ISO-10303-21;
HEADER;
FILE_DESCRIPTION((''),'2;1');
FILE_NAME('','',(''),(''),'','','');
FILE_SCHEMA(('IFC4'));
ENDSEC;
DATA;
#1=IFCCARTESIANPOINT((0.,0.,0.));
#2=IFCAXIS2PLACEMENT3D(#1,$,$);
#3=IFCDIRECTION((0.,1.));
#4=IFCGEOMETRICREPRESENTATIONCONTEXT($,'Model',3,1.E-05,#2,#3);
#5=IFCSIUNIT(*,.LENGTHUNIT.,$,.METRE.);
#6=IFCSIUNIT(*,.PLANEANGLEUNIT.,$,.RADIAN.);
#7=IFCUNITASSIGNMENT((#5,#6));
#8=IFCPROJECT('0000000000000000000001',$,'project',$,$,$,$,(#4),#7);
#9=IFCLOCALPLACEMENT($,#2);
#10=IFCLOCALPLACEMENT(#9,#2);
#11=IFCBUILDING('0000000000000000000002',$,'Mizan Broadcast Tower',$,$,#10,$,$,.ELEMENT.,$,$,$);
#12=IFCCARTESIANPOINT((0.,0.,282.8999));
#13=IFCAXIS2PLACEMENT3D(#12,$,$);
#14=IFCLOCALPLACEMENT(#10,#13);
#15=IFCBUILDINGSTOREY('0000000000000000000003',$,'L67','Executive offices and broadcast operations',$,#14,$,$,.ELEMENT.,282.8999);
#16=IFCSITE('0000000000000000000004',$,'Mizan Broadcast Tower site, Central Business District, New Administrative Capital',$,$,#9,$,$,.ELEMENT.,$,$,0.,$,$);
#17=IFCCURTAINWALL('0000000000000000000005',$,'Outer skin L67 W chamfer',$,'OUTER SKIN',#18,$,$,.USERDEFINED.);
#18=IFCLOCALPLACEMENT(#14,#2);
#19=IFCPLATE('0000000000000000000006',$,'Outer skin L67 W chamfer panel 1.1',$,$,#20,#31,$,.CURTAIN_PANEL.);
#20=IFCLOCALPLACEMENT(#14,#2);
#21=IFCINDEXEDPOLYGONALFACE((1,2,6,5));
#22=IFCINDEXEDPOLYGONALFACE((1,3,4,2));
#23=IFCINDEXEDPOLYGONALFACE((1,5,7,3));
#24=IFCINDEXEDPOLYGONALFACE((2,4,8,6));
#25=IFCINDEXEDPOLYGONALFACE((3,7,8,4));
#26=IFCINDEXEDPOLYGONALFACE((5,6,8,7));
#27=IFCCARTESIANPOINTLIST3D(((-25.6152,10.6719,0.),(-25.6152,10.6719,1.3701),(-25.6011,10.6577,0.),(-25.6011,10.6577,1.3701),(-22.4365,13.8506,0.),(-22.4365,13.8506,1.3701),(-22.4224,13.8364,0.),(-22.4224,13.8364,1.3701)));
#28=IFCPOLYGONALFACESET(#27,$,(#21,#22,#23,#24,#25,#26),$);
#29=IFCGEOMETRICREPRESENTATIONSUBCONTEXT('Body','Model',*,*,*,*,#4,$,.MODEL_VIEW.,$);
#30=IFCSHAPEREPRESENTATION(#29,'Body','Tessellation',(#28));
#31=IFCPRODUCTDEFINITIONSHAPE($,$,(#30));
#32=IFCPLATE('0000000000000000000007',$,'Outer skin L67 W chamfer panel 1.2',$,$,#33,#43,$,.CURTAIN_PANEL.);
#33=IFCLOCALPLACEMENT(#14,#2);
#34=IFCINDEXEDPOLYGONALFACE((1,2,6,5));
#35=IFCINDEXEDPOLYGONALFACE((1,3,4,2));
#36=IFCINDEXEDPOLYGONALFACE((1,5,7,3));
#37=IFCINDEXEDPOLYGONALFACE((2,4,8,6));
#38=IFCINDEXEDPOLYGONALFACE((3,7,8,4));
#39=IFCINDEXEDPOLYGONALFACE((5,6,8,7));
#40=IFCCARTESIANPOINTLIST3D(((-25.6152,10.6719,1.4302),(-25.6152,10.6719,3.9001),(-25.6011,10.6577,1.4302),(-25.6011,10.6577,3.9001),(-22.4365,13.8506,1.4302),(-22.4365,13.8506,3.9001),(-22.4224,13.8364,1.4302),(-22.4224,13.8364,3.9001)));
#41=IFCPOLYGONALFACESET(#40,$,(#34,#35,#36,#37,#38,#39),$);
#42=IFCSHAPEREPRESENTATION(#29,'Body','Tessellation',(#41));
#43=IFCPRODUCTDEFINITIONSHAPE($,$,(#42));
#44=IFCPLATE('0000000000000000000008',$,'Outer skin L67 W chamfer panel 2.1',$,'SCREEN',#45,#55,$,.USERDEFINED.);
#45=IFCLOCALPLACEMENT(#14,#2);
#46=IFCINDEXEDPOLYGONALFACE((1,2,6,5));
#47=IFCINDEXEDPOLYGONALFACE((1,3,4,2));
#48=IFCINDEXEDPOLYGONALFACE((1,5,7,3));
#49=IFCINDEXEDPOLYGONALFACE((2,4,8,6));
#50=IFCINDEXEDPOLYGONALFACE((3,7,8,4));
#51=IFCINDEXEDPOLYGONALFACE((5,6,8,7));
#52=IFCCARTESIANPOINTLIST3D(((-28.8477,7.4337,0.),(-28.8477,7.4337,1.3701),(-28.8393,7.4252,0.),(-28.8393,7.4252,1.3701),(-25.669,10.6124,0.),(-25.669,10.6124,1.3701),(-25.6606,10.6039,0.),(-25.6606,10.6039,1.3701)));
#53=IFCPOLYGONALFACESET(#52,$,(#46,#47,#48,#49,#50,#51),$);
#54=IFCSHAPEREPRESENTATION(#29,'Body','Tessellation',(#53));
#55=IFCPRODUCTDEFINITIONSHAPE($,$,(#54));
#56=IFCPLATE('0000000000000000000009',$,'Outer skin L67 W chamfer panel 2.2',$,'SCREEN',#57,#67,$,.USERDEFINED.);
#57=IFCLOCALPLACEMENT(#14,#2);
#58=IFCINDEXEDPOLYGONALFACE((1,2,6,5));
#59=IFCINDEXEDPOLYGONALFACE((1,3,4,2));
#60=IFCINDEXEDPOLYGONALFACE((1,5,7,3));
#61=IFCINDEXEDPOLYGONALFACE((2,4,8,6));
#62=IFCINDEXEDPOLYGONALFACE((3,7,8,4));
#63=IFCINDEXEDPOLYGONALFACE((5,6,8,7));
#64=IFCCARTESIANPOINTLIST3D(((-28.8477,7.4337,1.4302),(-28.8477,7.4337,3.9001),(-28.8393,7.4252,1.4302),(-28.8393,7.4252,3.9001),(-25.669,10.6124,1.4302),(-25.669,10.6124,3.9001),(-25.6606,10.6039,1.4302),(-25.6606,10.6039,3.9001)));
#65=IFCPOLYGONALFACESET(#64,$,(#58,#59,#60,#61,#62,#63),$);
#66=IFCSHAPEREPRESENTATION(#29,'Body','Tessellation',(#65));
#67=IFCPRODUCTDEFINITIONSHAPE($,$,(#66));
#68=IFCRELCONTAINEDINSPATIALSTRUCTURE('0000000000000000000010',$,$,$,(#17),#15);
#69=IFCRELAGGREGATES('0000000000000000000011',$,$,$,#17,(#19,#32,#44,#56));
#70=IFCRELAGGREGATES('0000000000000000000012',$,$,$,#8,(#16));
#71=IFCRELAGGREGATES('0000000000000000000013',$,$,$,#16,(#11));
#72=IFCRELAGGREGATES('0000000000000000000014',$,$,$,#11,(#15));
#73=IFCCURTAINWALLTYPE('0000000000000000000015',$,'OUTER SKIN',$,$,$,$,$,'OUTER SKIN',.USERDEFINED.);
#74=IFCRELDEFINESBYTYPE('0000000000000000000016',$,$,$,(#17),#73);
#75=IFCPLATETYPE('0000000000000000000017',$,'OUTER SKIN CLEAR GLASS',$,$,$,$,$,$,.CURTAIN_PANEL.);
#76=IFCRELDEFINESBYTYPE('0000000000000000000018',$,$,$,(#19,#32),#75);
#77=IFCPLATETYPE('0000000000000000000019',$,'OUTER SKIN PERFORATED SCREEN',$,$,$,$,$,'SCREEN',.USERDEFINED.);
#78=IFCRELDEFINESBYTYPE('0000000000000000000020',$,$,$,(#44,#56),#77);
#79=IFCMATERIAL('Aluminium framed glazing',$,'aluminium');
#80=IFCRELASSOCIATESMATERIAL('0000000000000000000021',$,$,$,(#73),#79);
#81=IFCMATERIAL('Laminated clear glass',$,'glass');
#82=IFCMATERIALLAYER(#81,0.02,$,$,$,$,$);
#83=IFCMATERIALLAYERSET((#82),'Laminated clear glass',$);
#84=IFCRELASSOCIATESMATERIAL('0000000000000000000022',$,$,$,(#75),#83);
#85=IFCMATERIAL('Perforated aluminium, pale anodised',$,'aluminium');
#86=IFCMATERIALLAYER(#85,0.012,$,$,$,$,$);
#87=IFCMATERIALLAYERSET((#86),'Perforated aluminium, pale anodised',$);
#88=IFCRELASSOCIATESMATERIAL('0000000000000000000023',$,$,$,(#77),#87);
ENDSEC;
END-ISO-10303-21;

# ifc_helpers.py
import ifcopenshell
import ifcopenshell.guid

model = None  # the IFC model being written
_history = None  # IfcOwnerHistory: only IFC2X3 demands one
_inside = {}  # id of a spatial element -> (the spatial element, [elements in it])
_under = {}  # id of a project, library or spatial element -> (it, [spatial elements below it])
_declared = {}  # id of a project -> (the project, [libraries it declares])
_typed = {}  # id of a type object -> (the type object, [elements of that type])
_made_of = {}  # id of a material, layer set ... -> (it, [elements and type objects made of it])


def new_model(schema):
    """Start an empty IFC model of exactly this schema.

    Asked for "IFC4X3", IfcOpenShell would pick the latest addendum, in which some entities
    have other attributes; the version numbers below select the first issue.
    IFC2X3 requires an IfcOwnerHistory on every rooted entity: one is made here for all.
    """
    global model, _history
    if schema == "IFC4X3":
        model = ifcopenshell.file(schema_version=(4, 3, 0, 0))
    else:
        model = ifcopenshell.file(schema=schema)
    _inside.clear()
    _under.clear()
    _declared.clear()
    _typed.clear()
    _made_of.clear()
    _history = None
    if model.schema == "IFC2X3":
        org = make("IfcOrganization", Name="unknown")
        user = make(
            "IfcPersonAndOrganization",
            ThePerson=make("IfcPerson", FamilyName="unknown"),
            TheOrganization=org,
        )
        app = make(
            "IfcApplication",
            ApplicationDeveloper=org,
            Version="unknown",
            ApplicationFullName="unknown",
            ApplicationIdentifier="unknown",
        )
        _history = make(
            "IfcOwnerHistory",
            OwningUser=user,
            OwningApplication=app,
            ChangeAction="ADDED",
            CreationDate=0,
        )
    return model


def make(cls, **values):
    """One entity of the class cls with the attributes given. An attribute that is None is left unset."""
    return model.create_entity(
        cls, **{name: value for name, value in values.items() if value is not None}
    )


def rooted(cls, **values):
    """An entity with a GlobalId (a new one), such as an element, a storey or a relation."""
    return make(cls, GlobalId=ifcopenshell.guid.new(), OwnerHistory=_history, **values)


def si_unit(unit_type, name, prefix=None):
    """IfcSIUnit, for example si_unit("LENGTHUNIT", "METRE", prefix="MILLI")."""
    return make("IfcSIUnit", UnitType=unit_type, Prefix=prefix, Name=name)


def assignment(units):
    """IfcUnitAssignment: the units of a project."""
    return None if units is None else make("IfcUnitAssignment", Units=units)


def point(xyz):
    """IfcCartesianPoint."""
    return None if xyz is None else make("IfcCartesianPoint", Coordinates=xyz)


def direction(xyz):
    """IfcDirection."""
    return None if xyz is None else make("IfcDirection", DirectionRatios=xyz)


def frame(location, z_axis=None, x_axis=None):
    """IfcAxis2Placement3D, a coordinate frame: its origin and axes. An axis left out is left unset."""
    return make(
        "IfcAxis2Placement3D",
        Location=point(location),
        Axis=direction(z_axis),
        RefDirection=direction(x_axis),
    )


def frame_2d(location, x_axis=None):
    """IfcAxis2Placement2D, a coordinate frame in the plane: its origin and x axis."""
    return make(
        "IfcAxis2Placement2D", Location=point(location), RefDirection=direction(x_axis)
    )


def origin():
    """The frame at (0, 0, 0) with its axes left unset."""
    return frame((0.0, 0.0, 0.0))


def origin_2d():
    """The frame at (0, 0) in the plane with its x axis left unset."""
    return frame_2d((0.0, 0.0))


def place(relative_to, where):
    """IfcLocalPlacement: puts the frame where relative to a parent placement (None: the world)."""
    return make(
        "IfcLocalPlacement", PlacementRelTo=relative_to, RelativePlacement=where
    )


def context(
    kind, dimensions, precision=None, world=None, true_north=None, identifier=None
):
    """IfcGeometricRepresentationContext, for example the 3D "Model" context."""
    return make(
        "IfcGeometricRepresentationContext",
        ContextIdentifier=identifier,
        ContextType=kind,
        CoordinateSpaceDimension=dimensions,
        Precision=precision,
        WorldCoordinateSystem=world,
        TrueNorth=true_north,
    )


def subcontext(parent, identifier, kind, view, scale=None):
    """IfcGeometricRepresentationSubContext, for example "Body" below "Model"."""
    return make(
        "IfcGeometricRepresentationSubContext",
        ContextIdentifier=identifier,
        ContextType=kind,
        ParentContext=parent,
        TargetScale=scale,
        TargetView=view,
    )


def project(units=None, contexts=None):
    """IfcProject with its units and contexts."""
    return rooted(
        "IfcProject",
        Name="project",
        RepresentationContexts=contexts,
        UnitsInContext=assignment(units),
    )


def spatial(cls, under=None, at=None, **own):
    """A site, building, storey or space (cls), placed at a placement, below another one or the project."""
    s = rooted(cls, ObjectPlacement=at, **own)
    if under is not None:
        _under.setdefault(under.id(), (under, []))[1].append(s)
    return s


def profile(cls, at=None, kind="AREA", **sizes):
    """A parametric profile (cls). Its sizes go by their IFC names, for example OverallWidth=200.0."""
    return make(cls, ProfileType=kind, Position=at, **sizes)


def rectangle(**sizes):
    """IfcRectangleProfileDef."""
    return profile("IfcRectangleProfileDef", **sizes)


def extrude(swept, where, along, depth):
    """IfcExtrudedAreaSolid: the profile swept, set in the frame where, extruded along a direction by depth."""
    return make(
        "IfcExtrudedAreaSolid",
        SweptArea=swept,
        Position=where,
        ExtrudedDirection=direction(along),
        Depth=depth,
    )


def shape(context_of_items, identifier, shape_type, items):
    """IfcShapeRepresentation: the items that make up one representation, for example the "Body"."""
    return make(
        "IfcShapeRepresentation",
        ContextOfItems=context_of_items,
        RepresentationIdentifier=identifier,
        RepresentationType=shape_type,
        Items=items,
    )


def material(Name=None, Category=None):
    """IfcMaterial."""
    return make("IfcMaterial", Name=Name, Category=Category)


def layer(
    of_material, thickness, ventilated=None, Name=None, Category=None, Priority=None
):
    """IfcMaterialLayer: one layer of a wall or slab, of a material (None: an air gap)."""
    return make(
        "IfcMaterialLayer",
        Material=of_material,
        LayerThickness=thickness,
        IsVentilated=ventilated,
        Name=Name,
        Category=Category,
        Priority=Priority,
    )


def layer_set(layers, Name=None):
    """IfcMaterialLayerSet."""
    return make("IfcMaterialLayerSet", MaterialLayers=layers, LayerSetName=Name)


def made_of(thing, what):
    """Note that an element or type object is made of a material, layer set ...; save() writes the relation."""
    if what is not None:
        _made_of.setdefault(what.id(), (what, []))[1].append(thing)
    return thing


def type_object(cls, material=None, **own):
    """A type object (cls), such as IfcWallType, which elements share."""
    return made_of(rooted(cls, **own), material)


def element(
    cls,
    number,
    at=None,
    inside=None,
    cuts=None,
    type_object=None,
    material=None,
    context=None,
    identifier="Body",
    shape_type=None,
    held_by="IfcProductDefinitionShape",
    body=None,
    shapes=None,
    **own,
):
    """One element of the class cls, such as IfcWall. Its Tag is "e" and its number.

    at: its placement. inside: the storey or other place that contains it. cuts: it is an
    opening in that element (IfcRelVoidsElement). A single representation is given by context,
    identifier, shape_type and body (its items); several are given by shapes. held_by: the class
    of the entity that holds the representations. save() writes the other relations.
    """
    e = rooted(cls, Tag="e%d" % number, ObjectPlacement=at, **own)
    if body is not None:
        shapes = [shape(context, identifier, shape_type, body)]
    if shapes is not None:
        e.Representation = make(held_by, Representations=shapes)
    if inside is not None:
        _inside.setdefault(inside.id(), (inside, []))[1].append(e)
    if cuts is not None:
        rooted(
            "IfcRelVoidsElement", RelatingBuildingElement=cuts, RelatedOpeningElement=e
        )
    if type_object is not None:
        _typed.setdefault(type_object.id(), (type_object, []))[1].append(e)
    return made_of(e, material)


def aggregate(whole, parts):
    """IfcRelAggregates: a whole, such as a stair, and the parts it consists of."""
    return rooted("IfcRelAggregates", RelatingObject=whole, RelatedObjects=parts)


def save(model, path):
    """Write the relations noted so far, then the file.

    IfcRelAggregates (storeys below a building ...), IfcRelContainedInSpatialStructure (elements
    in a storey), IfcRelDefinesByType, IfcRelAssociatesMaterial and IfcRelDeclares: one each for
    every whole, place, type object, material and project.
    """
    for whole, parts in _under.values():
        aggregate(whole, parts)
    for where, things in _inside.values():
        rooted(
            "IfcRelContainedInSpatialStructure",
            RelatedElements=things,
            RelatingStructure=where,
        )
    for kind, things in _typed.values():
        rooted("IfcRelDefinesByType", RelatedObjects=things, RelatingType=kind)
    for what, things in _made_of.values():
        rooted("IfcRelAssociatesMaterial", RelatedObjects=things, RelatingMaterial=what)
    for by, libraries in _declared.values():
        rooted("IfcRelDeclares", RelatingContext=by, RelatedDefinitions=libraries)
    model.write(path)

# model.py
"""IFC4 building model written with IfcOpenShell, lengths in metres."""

from ifc_helpers import new_model, si_unit, direction, frame, origin, origin_2d, place, context, subcontext, project, spatial, rectangle, extrude, material, layer, layer_set, type_object, element, aggregate, save


model = new_model("IFC4")

# Units and contexts
model_context = context("Model", 3, precision=1e-05, world=origin(), true_north=direction((0.0, 1.0)))
body_context = subcontext(model_context, "Body", "Model", "MODEL_VIEW")
ifc_project = project(units=[si_unit("LENGTHUNIT", "METRE"), si_unit("PLANEANGLEUNIT", "RADIAN")], contexts=[model_context])

# Site, building, storey
site_placement = place(None, origin())
site = spatial("IfcSite", under=ifc_project, at=site_placement, Name="Mizan Broadcast Tower site, Central Business District, New Administrative Capital", CompositionType="ELEMENT", RefElevation=0.0)
building_placement = place(site_placement, origin())
building = spatial("IfcBuilding", under=site, at=building_placement, Name="Mizan Broadcast Tower", CompositionType="ELEMENT")
storey_placement = place(building_placement, frame((0.0, 0.0, 282.8999)))
storey = spatial("IfcBuildingStorey", under=building, at=storey_placement, Name="L67", Description="Executive offices and broadcast operations", CompositionType="ELEMENT", Elevation=282.8999)

# Shared definitions
ifc_material_1 = material(Name="Aluminium framed glazing", Category="aluminium")
curtain_wall_type_1 = type_object("IfcCurtainWallType", Name="OUTER SKIN", ElementType="OUTER SKIN", PredefinedType="USERDEFINED", material=ifc_material_1)

# Curtain wall
curtain_wall_1_placement = place(storey_placement, origin())
curtain_wall_1 = element("IfcCurtainWall", 1, at=curtain_wall_1_placement, inside=storey, type_object=curtain_wall_type_1, Name="Outer skin L67 W chamfer", ObjectType="OUTER SKIN", PredefinedType="USERDEFINED")

# Plates
ifc_material_2 = material(Name="Laminated clear glass", Category="glass")
ifc_layer_1 = layer(ifc_material_2, 0.02)
ifc_layer_set_1 = layer_set([ifc_layer_1], Name="Laminated clear glass")
plate_type_1 = type_object("IfcPlateType", Name="OUTER SKIN CLEAR GLASS", PredefinedType="CURTAIN_PANEL", material=ifc_layer_set_1)
plate_1_placement = place(storey_placement, frame((-24.0188, 12.2542, 0.0), z_axis=(0.0, 0.0, 1.0), x_axis=(-0.707107, -0.707107, 0.0)))
plate_1 = element("IfcPlate", 2, at=plate_1_placement, type_object=plate_type_1, Name="Outer skin L67 W chamfer panel 1.1", PredefinedType="CURTAIN_PANEL", context=body_context, shape_type="SweptSolid", body=[
    extrude(rectangle(XDim=4.4954, YDim=0.02, at=origin_2d()), origin(), (0.0, 0.0, 1.0), 1.3701),
])
plate_2_placement = place(storey_placement, frame((-24.0188, 12.2542, 1.4302), z_axis=(0.0, 0.0, 1.0), x_axis=(-0.707107, -0.707107, 0.0)))
plate_2 = element("IfcPlate", 3, at=plate_2_placement, type_object=plate_type_1, Name="Outer skin L67 W chamfer panel 1.2", PredefinedType="CURTAIN_PANEL", context=body_context, shape_type="SweptSolid", body=[
    extrude(rectangle(XDim=4.4954, YDim=0.02, at=origin_2d()), origin(), (0.0, 0.0, 1.0), 2.47),
])
ifc_material_3 = material(Name="Perforated aluminium, pale anodised", Category="aluminium")
ifc_layer_2 = layer(ifc_material_3, 0.012)
ifc_layer_set_2 = layer_set([ifc_layer_2], Name="Perforated aluminium, pale anodised")
plate_type_2 = type_object("IfcPlateType", Name="OUTER SKIN PERFORATED SCREEN", ElementType="SCREEN", PredefinedType="USERDEFINED", material=ifc_layer_set_2)
plate_3_placement = place(storey_placement, frame((-27.2542, 9.0188, 0.0), z_axis=(0.0, 0.0, 1.0), x_axis=(-0.707107, -0.707107, 0.0)))
plate_3 = element("IfcPlate", 4, at=plate_3_placement, type_object=plate_type_2, Name="Outer skin L67 W chamfer panel 2.1", ObjectType="SCREEN", PredefinedType="USERDEFINED", context=body_context, shape_type="SweptSolid", body=[
    extrude(rectangle(XDim=4.4954, YDim=0.012, at=origin_2d()), origin(), (0.0, 0.0, 1.0), 1.3701),
])
plate_4_placement = place(storey_placement, frame((-27.2542, 9.0188, 1.4302), z_axis=(0.0, 0.0, 1.0), x_axis=(-0.707107, -0.707107, 0.0)))
plate_4 = element("IfcPlate", 5, at=plate_4_placement, type_object=plate_type_2, Name="Outer skin L67 W chamfer panel 2.2", ObjectType="SCREEN", PredefinedType="USERDEFINED", context=body_context, shape_type="SweptSolid", body=[
    extrude(rectangle(XDim=4.4954, YDim=0.012, at=origin_2d()), origin(), (0.0, 0.0, 1.0), 2.47),
])
aggregate(curtain_wall_1, [plate_1, plate_2, plate_3, plate_4])

save(model, "model.ifc")
